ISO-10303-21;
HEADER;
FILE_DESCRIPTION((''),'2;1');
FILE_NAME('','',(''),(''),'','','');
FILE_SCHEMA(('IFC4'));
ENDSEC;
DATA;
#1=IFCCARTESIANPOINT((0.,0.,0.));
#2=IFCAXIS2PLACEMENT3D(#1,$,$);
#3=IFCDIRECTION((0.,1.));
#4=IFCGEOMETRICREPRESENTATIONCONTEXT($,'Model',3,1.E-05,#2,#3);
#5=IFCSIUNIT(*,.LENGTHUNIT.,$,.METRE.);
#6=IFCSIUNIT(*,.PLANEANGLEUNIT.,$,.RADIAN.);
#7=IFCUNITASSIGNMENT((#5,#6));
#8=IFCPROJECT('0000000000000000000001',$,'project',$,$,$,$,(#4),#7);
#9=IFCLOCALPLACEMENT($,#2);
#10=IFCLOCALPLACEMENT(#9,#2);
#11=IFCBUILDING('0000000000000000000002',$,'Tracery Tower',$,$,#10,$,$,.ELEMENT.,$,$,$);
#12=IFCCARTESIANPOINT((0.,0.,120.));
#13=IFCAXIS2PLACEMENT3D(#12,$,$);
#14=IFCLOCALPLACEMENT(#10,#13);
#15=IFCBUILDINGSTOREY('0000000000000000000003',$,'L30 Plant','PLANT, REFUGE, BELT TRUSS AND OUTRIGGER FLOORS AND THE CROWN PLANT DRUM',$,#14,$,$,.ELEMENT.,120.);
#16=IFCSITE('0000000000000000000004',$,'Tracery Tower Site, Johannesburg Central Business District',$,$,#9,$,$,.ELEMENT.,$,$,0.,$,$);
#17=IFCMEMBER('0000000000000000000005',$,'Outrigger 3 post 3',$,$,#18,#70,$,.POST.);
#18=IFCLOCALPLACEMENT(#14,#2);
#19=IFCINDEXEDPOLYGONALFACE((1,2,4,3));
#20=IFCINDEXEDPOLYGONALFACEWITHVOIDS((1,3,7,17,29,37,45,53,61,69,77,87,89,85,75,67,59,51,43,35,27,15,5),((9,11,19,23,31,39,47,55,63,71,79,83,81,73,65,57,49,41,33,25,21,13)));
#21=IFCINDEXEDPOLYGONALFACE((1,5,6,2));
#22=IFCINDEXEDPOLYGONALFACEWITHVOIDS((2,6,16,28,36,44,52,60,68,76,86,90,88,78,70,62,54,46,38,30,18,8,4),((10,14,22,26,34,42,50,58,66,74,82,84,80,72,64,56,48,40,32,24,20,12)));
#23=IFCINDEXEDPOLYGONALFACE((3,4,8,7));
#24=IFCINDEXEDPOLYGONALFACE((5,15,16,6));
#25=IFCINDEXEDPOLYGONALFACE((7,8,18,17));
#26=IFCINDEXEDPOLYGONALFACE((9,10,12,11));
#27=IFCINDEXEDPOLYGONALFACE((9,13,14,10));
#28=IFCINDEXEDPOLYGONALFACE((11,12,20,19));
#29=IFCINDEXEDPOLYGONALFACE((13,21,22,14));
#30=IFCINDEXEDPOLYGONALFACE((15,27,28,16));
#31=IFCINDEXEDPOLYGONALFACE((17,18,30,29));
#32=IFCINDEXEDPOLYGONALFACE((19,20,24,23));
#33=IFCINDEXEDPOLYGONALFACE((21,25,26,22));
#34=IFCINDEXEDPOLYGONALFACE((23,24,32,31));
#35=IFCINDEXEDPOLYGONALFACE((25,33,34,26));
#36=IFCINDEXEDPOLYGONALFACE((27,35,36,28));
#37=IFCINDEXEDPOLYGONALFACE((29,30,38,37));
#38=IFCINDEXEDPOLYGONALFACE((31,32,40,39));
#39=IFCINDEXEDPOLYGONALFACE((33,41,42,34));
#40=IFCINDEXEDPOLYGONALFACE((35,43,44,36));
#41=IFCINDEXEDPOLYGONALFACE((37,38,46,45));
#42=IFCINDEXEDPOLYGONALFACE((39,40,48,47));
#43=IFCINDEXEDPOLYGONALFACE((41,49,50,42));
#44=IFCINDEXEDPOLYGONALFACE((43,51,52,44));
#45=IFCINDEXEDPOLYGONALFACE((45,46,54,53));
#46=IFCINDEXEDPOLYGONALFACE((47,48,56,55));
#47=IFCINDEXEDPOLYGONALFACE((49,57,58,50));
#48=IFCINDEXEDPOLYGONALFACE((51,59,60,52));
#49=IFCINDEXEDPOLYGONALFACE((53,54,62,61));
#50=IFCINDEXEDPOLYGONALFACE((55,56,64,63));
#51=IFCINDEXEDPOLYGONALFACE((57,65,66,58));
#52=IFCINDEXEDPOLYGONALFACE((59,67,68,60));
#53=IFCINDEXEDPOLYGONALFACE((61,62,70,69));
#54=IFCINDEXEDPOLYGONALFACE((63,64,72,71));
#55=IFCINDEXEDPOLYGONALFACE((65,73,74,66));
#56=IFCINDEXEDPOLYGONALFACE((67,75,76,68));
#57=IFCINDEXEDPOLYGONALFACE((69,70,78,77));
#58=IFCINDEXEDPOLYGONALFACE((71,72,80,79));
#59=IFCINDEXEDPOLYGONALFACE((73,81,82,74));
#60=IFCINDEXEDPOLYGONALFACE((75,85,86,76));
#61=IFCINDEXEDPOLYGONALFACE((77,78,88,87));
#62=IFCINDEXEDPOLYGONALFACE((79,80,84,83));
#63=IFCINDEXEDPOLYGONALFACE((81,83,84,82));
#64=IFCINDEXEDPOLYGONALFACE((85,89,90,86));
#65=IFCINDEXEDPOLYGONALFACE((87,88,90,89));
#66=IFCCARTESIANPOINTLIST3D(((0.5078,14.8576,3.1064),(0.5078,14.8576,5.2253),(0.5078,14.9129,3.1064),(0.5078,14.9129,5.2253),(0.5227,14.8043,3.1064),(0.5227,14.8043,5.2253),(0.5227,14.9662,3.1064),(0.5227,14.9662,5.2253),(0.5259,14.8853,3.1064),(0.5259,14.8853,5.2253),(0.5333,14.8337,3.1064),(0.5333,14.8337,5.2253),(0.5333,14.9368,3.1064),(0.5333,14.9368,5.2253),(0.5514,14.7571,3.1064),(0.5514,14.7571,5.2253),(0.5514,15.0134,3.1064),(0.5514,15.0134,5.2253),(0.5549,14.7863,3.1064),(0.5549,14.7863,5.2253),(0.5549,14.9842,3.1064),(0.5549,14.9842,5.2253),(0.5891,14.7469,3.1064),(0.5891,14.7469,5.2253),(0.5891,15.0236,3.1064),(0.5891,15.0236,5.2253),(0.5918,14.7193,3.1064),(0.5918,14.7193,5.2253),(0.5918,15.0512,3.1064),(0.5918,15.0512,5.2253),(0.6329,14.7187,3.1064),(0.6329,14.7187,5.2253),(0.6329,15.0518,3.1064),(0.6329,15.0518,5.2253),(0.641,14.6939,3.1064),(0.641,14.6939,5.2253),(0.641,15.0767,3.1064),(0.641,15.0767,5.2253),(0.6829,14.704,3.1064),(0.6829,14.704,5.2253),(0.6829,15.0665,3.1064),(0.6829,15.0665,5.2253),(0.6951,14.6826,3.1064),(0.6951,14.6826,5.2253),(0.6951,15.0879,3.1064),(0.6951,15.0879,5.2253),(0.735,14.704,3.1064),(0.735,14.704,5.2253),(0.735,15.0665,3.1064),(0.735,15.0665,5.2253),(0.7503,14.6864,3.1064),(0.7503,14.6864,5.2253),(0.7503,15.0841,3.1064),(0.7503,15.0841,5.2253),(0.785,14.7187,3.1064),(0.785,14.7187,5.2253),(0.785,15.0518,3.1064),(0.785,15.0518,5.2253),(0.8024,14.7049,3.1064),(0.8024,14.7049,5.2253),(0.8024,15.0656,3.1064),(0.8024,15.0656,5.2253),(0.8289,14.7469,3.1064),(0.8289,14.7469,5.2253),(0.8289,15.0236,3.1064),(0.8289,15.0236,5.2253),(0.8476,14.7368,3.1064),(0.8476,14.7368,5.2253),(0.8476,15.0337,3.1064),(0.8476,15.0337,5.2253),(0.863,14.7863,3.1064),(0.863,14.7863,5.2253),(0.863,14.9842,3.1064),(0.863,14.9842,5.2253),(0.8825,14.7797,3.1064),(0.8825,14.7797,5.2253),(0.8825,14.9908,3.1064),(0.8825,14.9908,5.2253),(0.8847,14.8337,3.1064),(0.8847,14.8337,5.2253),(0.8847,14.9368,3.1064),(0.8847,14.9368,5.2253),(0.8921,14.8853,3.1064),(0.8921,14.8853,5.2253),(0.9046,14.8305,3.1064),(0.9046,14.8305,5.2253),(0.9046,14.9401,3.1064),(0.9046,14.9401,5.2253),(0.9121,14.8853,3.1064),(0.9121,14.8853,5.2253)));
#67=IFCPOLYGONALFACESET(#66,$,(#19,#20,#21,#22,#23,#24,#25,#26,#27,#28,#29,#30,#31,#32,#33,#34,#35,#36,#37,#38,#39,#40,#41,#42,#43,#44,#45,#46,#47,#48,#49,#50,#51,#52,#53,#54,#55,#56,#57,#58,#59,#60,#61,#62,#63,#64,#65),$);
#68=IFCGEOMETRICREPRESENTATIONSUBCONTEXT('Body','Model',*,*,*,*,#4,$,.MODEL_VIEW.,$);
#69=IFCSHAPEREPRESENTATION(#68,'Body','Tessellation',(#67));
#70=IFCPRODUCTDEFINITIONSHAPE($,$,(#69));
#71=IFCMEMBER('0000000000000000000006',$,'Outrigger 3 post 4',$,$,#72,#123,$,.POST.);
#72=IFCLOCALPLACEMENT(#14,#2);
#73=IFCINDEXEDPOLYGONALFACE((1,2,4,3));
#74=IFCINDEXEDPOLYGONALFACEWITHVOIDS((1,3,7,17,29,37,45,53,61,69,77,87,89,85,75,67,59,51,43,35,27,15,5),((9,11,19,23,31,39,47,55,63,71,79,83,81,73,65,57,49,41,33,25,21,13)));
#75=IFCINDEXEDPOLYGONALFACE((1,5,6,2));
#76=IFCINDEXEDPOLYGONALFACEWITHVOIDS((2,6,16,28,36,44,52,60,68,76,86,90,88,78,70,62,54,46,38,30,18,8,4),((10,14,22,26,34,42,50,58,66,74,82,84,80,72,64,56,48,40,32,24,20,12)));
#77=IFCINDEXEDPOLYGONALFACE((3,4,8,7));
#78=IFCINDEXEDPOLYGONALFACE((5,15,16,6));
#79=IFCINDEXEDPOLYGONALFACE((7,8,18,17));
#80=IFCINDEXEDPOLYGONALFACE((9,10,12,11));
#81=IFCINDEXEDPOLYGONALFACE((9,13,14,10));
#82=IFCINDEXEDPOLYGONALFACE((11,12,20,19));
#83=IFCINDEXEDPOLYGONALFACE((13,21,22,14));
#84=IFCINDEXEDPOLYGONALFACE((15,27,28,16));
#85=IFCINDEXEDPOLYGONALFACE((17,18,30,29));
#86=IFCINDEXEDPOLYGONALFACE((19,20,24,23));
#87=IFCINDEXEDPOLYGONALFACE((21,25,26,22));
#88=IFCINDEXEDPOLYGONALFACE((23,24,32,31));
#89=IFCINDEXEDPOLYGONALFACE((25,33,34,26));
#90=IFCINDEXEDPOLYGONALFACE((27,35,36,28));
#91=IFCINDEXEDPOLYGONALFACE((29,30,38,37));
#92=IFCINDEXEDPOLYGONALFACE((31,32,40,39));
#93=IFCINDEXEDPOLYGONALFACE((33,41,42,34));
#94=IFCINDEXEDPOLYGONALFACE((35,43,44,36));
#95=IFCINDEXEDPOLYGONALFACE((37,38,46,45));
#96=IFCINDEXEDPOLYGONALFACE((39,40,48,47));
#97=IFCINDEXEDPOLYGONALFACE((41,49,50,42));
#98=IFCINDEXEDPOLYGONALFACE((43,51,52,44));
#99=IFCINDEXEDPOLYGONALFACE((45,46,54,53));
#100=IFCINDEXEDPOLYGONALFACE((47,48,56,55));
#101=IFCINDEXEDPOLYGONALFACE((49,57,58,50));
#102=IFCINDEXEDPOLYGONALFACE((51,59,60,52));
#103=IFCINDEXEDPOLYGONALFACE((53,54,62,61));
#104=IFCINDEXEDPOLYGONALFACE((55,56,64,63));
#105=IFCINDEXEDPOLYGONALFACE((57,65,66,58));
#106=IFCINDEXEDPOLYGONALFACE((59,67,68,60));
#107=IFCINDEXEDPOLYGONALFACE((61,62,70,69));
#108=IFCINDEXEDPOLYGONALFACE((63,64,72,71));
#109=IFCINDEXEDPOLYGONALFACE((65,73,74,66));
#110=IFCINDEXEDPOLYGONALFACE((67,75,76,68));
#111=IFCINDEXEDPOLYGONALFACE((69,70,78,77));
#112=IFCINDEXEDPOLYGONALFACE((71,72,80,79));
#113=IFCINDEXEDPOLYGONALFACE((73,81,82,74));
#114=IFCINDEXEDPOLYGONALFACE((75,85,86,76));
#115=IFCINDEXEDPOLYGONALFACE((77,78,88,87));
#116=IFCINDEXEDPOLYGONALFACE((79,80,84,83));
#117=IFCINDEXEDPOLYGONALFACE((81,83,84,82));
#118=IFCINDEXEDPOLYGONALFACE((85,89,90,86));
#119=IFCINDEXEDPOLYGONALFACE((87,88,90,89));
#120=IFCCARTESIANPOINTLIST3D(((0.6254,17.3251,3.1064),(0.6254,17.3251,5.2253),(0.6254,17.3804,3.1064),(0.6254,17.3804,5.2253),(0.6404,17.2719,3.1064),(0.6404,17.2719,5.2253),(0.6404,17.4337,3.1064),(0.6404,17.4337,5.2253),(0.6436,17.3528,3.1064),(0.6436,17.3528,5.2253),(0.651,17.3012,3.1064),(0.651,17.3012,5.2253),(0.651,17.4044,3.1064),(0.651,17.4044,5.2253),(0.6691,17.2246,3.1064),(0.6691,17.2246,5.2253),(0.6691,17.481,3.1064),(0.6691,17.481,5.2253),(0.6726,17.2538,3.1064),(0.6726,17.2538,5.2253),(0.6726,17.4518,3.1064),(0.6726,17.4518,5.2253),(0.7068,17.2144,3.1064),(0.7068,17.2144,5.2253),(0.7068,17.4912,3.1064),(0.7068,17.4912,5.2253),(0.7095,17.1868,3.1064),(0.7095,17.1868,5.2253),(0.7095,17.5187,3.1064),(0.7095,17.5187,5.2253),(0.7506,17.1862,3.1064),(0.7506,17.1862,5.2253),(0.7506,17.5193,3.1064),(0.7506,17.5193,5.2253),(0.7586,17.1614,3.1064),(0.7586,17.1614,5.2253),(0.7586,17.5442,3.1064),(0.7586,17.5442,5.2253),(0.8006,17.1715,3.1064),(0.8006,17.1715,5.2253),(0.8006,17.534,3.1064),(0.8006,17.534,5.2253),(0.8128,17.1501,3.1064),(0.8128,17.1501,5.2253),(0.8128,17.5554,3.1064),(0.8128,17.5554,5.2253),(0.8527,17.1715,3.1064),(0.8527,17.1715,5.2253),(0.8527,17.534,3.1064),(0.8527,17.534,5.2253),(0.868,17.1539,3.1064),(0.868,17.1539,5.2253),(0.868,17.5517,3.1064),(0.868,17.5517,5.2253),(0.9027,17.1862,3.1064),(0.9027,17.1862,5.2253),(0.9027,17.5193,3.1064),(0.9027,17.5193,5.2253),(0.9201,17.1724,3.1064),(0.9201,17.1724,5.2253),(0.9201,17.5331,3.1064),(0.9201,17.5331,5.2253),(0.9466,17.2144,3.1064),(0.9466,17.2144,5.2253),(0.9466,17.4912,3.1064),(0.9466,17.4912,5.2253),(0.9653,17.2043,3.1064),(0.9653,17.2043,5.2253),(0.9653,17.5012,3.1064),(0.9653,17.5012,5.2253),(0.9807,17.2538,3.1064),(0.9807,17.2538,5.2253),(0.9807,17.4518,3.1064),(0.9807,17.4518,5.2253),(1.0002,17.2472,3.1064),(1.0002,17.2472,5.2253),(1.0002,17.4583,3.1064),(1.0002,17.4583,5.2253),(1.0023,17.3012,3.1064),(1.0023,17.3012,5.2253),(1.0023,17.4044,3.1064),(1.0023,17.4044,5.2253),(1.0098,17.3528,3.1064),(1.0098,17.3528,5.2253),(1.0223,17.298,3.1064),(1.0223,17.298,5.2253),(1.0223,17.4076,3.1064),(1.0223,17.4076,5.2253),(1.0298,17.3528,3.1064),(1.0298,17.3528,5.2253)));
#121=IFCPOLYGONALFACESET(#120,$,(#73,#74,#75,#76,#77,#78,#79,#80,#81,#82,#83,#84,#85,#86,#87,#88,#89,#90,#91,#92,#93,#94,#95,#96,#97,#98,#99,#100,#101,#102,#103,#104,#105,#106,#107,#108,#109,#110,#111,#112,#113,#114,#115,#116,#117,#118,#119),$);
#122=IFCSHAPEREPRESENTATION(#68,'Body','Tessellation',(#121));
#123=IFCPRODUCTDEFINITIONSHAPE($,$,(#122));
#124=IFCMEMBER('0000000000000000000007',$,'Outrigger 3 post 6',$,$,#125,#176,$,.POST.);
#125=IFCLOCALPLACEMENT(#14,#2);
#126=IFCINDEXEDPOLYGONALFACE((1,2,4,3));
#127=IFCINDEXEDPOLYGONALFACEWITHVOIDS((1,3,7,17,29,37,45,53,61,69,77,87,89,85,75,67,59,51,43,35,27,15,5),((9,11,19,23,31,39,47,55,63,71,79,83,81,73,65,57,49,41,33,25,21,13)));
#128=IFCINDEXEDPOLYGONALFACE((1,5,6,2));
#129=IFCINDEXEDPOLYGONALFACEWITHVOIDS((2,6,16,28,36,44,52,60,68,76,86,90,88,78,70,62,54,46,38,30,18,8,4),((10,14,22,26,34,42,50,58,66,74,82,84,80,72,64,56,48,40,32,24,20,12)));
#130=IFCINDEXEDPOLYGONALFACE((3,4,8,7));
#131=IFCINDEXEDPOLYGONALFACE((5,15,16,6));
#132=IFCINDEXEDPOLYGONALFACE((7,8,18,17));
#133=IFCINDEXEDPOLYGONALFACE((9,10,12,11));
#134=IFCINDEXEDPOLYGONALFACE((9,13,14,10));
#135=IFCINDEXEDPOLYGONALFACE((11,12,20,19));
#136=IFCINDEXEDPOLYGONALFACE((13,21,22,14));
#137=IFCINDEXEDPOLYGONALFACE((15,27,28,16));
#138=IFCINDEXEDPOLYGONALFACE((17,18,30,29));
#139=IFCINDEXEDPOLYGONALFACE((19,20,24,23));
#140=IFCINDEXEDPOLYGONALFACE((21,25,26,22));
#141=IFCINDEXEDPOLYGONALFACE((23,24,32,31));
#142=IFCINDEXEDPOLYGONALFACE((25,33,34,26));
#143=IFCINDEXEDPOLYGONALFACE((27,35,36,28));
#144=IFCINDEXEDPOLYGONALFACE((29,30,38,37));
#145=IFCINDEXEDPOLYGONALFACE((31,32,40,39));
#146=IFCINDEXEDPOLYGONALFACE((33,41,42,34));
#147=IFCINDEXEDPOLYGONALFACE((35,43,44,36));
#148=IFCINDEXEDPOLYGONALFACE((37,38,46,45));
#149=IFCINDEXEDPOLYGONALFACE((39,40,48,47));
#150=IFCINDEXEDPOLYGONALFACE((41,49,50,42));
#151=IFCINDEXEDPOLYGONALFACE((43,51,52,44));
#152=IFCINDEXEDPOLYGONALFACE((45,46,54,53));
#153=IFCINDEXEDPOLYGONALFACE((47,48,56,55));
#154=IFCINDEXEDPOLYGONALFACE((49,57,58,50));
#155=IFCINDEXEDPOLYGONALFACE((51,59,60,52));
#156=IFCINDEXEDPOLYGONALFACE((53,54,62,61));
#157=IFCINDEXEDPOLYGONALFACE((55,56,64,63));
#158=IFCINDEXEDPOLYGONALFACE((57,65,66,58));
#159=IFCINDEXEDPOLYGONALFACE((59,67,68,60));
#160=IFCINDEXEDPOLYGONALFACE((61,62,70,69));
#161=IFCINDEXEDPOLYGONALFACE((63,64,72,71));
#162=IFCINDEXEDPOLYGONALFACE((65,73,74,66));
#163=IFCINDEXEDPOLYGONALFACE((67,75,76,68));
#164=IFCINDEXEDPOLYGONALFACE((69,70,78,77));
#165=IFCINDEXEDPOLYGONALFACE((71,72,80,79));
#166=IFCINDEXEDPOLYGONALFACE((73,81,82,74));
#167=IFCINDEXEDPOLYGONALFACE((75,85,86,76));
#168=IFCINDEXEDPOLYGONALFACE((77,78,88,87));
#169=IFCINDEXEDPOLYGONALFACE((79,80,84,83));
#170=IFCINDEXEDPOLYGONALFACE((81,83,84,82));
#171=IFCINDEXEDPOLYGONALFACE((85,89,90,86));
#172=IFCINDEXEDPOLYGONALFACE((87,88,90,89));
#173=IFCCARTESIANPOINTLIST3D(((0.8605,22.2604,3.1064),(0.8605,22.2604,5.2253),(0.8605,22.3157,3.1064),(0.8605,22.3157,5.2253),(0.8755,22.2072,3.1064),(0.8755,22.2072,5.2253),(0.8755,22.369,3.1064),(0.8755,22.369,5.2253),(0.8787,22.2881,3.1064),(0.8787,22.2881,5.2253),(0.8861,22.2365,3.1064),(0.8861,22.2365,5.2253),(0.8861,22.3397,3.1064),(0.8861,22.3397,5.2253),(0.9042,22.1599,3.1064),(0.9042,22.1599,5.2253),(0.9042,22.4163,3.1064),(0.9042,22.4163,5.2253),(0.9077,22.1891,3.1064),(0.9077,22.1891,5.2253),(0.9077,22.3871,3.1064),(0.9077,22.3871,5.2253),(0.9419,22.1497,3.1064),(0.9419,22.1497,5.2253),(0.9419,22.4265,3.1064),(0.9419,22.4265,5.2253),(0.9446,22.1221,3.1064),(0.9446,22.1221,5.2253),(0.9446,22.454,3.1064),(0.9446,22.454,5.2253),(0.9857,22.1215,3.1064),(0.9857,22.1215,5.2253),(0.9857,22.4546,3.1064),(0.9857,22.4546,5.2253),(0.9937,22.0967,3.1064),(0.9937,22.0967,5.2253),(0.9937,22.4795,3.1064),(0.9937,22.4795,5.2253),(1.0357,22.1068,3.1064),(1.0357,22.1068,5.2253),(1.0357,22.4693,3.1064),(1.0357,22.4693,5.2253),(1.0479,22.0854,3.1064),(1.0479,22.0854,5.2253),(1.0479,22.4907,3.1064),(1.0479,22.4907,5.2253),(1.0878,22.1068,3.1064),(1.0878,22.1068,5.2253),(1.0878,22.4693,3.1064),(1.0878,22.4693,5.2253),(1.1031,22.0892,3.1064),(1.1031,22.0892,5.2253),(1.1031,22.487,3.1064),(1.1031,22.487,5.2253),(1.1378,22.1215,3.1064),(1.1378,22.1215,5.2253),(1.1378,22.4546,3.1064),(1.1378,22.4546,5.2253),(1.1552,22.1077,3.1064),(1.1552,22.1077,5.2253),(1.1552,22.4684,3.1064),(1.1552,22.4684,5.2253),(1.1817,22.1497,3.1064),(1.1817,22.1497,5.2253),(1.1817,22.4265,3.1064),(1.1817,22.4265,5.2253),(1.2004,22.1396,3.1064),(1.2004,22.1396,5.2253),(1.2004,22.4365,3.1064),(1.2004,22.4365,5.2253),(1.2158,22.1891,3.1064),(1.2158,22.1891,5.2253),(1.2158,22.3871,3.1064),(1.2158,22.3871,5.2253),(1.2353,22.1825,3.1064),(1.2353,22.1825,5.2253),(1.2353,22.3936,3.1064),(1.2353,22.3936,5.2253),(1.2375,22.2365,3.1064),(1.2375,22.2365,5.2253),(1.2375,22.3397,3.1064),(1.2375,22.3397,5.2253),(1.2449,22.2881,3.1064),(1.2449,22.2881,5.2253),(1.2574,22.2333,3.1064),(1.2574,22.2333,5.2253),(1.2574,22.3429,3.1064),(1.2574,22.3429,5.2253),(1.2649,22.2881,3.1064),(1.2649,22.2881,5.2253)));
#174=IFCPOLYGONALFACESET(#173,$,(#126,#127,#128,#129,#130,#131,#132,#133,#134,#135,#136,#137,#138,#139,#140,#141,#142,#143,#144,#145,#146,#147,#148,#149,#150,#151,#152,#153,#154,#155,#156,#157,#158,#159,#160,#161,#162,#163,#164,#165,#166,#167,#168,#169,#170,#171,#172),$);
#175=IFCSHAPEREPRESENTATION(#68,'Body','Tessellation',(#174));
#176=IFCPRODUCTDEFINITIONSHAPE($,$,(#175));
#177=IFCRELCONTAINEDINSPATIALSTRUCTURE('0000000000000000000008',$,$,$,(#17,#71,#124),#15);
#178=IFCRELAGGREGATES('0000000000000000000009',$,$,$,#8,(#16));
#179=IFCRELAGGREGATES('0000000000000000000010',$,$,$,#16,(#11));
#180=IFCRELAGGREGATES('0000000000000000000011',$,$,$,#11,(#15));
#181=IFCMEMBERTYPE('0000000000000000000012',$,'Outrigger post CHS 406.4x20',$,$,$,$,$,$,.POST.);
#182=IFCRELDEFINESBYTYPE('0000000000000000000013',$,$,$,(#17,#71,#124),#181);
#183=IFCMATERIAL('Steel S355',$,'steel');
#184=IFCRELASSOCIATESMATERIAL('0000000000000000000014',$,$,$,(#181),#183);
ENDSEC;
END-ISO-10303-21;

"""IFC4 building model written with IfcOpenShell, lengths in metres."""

from ifc_helpers import new_model, si_unit, direction, frame, origin, origin_2d, place, context, subcontext, project, spatial, hollow_circle, extrude, material, material_profile, profile_set, type_object, element, save


model = new_model("IFC4")

# Units and contexts
model_context = context("Model", 3, precision=1e-05, world=origin(), true_north=direction((0.0, 1.0)))
body_context = subcontext(model_context, "Body", "Model", "MODEL_VIEW")
ifc_project = project(units=[si_unit("LENGTHUNIT", "METRE"), si_unit("PLANEANGLEUNIT", "RADIAN")], contexts=[model_context])

# Site, building, storey
site_placement = place(None, origin())
site = spatial("IfcSite", under=ifc_project, at=site_placement, Name="Tracery Tower Site, Johannesburg Central Business District", CompositionType="ELEMENT", RefElevation=0.0)
building_placement = place(site_placement, origin())
building = spatial("IfcBuilding", under=site, at=building_placement, Name="Tracery Tower", CompositionType="ELEMENT")
storey_placement = place(building_placement, frame((0.0, 0.0, 120.0)))
storey = spatial("IfcBuildingStorey", under=building, at=storey_placement, Name="L30 Plant", Description="PLANT, REFUGE, BELT TRUSS AND OUTRIGGER FLOORS AND THE CROWN PLANT DRUM", CompositionType="ELEMENT", Elevation=120.0)

# Members
ifc_material_1 = material(Name="Steel S355", Category="steel")
ifc_material_profile_1 = material_profile(ifc_material_1, hollow_circle(Radius=0.2031, WallThickness=0.02, at=origin_2d()), Name="CHS 406.4x20")
ifc_profile_set_1 = profile_set([ifc_material_profile_1], Name="Steel S355")
member_type_1 = type_object("IfcMemberType", Name="Outrigger post CHS 406.4x20", PredefinedType="POST", material=ifc_profile_set_1)
for number, where, z_axis, x_axis, name in (
    (1, (0.709, 14.8853, 3.1064), (0.0, 0.0, 1.0), (1.0, 0.0, 0.0), "Outrigger 3 post 3"),
    (2, (0.8267, 17.3528, 3.1064), (0.0, 0.0, 1.0), (1.0, 0.0, 0.0), "Outrigger 3 post 4"),
    (3, (1.0618, 22.2881, 3.1064), (0.0, 0.0, 1.0), (1.0, 0.0, 0.0), "Outrigger 3 post 6"),
):
    element("IfcMember", number, at=place(storey_placement, frame(where, z_axis=z_axis, x_axis=x_axis)), inside=storey, type_object=member_type_1, Name=name, PredefinedType="POST", context=body_context, shape_type="SweptSolid", body=[
        extrude(hollow_circle(Radius=0.2031, WallThickness=0.02, at=origin_2d()), origin(), (0.0, 0.0, 1.0), 2.1189),
    ])

save(model, "model.ifc")
